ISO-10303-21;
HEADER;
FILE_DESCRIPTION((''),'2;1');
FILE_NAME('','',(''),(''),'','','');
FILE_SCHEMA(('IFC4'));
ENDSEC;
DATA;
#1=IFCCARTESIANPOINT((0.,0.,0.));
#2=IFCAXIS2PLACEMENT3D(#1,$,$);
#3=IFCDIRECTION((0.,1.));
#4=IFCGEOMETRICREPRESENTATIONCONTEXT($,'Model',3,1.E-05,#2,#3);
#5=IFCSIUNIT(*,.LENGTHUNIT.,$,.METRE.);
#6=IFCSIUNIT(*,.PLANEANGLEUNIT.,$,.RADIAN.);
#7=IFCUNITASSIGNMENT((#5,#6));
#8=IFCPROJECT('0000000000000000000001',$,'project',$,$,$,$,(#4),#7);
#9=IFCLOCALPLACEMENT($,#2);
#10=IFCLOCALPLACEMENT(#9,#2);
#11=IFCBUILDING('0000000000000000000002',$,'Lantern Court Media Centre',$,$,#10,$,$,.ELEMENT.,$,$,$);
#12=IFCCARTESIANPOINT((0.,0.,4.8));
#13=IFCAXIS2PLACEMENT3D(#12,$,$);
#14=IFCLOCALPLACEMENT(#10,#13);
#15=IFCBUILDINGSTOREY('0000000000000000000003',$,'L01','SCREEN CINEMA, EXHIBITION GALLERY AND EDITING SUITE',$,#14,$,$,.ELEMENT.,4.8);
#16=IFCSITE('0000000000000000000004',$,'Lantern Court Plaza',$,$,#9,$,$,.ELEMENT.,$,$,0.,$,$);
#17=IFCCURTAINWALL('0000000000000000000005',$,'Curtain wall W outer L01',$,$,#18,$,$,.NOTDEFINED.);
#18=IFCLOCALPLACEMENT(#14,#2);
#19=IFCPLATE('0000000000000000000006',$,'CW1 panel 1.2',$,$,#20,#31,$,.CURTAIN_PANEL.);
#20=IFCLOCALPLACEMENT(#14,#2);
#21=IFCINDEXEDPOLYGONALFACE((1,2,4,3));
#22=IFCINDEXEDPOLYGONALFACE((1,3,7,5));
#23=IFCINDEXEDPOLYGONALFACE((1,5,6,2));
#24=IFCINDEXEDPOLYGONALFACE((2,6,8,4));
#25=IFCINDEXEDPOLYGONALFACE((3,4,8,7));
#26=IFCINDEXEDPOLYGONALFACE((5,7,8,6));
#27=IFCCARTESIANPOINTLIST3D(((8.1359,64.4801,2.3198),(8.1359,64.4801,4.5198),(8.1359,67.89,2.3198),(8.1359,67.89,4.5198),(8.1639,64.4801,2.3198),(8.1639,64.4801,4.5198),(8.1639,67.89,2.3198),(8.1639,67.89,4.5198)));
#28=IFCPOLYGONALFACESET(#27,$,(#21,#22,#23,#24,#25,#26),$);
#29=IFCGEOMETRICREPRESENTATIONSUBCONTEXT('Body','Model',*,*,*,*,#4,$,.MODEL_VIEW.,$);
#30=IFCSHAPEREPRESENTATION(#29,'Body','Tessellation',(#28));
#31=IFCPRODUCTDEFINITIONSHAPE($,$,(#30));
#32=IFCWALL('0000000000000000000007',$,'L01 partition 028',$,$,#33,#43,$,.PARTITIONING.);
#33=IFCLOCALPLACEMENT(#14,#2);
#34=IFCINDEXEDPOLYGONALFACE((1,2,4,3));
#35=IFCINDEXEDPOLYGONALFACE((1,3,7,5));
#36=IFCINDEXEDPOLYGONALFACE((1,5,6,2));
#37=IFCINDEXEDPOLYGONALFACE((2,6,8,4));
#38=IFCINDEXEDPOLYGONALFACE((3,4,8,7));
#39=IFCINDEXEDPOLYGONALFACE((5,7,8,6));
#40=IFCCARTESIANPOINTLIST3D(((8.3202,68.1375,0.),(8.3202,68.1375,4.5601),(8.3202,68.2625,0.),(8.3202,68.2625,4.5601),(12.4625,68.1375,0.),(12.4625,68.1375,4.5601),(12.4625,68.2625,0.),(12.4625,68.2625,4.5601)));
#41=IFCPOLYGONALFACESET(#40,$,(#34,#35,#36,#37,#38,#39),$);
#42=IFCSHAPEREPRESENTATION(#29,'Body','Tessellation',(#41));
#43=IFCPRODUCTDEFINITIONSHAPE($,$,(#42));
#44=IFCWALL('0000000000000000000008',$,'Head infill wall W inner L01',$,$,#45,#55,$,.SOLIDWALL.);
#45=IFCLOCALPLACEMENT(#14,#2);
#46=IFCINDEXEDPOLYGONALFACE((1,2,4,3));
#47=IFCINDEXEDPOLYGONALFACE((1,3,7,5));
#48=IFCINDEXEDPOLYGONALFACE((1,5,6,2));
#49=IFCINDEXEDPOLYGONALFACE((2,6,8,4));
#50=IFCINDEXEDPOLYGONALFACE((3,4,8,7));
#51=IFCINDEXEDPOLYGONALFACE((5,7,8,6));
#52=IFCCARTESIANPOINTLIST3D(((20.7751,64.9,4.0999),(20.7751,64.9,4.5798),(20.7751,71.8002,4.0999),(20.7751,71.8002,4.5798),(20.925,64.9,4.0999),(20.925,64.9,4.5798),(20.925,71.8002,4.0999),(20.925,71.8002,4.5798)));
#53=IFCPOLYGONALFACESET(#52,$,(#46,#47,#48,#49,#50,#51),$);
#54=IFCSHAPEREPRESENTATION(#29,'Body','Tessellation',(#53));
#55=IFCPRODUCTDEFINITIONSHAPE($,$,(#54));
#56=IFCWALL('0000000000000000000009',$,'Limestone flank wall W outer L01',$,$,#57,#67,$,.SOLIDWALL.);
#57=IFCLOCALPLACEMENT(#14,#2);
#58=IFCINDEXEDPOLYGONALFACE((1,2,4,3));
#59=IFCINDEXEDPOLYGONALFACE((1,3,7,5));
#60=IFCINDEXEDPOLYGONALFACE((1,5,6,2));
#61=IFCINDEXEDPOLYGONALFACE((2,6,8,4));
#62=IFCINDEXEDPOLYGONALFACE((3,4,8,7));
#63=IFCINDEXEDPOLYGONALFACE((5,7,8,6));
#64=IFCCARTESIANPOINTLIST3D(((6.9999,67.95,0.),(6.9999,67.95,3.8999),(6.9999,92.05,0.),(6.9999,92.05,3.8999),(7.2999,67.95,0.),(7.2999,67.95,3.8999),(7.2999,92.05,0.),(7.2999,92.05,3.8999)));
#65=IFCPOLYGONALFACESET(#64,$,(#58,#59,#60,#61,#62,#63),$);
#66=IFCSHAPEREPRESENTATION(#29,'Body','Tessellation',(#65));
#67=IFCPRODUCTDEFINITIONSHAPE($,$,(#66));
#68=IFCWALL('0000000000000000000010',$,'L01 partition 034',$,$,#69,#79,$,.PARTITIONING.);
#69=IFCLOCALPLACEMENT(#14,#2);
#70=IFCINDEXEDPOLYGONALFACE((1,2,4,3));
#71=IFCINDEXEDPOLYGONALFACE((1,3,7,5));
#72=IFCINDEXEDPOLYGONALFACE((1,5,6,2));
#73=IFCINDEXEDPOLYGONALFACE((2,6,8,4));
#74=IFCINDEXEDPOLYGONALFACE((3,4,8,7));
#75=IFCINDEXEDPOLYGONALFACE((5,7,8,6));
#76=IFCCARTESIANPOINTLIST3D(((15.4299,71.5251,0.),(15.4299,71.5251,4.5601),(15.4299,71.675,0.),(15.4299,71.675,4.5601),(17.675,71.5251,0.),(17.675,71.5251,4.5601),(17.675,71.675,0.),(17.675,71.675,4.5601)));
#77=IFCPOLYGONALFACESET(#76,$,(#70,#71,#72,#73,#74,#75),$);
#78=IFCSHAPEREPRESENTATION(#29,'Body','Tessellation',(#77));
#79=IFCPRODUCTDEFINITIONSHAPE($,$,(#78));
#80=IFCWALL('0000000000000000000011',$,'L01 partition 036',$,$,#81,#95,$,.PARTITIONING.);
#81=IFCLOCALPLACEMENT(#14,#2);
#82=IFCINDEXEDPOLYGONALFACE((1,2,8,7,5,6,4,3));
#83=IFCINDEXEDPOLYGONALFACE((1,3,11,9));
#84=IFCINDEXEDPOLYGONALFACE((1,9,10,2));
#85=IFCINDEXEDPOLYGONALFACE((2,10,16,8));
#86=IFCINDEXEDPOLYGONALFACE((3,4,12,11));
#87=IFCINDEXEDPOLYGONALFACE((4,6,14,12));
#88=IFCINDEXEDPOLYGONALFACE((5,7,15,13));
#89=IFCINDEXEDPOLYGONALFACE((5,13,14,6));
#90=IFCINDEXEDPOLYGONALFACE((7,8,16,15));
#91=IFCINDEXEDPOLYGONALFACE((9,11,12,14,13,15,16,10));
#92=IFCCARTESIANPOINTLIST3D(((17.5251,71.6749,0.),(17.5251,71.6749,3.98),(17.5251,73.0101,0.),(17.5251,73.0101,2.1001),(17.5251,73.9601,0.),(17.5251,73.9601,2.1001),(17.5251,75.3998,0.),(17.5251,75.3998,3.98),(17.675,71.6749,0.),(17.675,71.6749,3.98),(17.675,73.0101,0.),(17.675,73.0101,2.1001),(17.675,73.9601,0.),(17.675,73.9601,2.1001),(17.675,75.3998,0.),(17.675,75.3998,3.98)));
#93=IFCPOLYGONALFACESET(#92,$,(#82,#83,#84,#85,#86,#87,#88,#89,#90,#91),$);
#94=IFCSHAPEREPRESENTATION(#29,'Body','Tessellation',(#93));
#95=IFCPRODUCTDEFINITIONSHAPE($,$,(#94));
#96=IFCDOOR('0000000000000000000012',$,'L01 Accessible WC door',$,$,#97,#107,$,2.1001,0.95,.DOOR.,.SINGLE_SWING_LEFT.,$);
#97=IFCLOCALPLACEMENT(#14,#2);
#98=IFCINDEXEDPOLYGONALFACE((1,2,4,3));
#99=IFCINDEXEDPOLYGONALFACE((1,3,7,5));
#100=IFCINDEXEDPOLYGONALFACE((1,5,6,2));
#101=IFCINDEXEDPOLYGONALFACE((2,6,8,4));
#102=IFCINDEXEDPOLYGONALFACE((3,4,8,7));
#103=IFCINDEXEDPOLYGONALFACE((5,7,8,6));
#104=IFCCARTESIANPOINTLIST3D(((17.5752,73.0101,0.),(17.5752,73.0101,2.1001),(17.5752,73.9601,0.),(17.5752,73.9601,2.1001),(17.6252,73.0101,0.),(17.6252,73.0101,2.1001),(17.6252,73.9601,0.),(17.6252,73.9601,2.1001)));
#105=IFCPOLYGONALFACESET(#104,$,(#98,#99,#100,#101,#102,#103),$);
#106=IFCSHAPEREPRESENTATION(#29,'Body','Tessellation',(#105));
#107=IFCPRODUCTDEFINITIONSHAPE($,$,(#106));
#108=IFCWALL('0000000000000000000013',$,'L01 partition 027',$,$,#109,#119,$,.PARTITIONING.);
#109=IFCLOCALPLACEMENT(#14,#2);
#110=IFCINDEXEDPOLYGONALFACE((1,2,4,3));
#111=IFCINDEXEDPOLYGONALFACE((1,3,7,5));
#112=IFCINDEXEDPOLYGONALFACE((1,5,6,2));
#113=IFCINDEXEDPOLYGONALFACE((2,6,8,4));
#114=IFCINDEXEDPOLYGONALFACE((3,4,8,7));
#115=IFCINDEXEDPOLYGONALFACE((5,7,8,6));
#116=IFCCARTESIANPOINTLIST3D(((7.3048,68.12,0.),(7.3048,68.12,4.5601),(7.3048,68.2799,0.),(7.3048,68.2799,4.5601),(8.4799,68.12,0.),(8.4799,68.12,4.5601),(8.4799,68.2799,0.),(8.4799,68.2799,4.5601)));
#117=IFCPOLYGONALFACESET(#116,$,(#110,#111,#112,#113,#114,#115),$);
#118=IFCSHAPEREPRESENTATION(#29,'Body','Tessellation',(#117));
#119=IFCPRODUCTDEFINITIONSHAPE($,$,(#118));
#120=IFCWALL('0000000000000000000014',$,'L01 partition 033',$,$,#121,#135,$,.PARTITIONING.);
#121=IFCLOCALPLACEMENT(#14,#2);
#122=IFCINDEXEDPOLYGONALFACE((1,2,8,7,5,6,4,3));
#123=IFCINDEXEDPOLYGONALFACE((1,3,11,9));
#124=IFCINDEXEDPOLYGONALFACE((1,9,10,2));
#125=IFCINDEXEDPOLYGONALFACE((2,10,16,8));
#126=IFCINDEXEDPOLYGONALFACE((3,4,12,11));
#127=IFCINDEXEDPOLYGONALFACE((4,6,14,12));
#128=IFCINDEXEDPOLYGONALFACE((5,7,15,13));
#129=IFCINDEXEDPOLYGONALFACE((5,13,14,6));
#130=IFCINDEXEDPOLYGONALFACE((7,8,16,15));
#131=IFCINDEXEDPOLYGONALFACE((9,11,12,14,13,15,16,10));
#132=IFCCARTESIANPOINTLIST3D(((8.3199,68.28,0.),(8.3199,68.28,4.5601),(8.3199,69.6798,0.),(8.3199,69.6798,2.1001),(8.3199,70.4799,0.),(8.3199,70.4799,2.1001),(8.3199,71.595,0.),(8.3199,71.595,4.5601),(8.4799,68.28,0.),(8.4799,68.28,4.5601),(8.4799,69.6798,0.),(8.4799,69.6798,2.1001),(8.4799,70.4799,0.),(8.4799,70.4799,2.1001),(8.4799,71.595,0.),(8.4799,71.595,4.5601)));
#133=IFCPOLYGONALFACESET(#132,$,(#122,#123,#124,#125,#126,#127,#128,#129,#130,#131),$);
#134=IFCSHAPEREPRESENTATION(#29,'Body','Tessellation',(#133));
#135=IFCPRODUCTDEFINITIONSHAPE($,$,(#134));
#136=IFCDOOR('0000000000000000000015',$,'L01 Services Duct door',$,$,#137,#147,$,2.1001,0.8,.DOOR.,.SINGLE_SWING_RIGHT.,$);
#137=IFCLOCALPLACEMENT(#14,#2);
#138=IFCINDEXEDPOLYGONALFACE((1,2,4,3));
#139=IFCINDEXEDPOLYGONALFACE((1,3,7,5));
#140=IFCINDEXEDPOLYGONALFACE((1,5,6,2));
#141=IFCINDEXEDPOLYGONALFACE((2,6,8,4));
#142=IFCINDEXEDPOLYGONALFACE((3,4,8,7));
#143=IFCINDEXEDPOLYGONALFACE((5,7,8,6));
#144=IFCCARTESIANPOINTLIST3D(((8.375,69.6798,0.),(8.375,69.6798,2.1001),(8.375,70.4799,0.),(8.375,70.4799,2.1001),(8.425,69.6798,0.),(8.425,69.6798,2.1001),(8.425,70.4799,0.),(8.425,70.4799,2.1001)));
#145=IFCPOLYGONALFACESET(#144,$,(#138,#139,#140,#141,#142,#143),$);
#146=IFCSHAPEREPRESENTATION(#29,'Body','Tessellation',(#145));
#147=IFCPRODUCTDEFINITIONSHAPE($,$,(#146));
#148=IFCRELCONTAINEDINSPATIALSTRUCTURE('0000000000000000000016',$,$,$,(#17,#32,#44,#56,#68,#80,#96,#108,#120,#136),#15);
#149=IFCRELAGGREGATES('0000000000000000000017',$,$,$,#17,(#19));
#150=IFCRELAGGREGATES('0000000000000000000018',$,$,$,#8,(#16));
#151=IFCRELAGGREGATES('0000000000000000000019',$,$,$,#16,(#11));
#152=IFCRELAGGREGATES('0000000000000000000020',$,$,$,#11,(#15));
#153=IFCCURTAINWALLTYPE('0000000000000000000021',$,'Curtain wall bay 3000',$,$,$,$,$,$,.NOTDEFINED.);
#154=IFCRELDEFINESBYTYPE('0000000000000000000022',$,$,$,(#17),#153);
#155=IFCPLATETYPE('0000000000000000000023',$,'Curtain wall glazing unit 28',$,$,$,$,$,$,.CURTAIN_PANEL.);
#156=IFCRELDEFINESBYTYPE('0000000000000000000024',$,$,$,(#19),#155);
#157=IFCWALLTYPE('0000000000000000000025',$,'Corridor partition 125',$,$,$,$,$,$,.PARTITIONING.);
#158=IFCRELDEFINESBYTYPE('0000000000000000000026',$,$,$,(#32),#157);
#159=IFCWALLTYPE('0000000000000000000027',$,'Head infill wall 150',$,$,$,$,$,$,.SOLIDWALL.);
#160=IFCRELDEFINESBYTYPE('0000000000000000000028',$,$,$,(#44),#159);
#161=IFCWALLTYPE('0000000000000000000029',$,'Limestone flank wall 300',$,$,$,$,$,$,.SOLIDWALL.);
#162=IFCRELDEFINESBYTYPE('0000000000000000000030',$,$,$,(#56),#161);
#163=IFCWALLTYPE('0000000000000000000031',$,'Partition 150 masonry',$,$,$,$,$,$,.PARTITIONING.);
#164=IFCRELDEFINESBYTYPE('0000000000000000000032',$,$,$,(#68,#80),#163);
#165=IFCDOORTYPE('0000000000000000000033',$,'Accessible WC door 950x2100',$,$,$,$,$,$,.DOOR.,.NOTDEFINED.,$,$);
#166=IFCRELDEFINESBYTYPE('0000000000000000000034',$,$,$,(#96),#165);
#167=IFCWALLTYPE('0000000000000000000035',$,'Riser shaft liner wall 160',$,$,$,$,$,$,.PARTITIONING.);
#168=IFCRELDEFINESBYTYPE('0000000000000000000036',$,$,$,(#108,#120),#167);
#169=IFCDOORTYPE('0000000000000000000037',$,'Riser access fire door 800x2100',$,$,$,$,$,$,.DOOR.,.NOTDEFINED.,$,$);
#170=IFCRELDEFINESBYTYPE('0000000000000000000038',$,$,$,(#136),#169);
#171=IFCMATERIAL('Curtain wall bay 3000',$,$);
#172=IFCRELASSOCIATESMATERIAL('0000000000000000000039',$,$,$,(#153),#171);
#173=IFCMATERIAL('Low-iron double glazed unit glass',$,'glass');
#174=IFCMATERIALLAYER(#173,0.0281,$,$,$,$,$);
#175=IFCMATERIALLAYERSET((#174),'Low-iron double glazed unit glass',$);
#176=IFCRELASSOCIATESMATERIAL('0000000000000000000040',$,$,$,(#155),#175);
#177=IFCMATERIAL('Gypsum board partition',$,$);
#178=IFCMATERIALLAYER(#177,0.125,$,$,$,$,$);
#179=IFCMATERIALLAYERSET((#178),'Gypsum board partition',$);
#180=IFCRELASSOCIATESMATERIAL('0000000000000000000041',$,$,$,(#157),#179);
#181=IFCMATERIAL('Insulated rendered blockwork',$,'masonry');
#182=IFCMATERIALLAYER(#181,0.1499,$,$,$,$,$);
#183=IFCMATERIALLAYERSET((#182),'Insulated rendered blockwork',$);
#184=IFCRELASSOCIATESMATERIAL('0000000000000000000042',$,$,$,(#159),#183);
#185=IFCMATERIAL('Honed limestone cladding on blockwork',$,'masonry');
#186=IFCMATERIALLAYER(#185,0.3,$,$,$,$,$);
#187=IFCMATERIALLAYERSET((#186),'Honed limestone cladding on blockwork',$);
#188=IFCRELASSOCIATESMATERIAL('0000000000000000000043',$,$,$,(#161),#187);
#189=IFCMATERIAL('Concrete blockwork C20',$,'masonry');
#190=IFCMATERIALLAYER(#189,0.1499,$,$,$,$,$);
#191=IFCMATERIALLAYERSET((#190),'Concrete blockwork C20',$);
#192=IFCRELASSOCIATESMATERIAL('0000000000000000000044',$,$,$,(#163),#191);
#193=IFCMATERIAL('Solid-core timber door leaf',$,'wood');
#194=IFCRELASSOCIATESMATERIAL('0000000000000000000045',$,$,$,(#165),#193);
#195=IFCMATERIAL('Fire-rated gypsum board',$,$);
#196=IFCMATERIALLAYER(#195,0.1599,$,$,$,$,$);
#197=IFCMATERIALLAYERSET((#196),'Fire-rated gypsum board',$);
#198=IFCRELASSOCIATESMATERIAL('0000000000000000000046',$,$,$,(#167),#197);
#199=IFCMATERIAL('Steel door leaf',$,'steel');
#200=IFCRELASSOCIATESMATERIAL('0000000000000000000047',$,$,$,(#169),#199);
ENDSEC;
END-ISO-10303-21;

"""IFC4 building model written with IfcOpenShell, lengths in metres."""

from ifc_helpers import new_model, si_unit, direction, frame, frame_2d, origin, origin_2d, place, context, subcontext, project, spatial, rectangle, extrude, material, layer, layer_set, type_object, element, fill, aggregate, save


model = new_model("IFC4")

# Units and contexts
model_context = context("Model", 3, precision=1e-05, world=origin(), true_north=direction((0.0, 1.0)))
body_context = subcontext(model_context, "Body", "Model", "MODEL_VIEW")
ifc_project = project(units=[si_unit("LENGTHUNIT", "METRE"), si_unit("PLANEANGLEUNIT", "RADIAN")], contexts=[model_context])

# Site, building, storey
site_placement = place(None, origin())
site = spatial("IfcSite", under=ifc_project, at=site_placement, Name="Lantern Court Plaza", CompositionType="ELEMENT", RefElevation=0.0)
building_placement = place(site_placement, origin())
building = spatial("IfcBuilding", under=site, at=building_placement, Name="Lantern Court Media Centre", CompositionType="ELEMENT")
storey_placement = place(building_placement, frame((0.0, 0.0, 4.8)))
storey = spatial("IfcBuildingStorey", under=building, at=storey_placement, Name="L01", Description="SCREEN CINEMA, EXHIBITION GALLERY AND EDITING SUITE", CompositionType="ELEMENT", Elevation=4.8)

# Curtain wall
ifc_material_1 = material(Name="Curtain wall bay 3000")
curtain_wall_type_1 = type_object("IfcCurtainWallType", Name="Curtain wall bay 3000", PredefinedType="NOTDEFINED", material=ifc_material_1)
curtain_wall_1_placement = place(storey_placement, origin())
curtain_wall_1 = element("IfcCurtainWall", 1, at=curtain_wall_1_placement, inside=storey, type_object=curtain_wall_type_1, Name="Curtain wall W outer L01", PredefinedType="NOTDEFINED")

# Plate
ifc_material_2 = material(Name="Low-iron double glazed unit glass", Category="glass")
ifc_layer_1 = layer(ifc_material_2, 0.0281)
ifc_layer_set_1 = layer_set([ifc_layer_1], Name="Low-iron double glazed unit glass")
plate_type_1 = type_object("IfcPlateType", Name="Curtain wall glazing unit 28", PredefinedType="CURTAIN_PANEL", material=ifc_layer_set_1)
plate_1_placement = place(storey_placement, frame((8.1499, 66.1851, 2.3198), z_axis=(0.0, 0.0, 1.0), x_axis=(0.0, 1.0, 0.0)))
plate_1 = element("IfcPlate", 2, at=plate_1_placement, type_object=plate_type_1, Name="CW1 panel 1.2", PredefinedType="CURTAIN_PANEL", context=body_context, shape_type="SweptSolid", body=[
    extrude(rectangle(XDim=3.4099, YDim=0.0281, at=origin_2d()), origin(), (0.0, 0.0, 1.0), 2.2),
])
aggregate(curtain_wall_1, [plate_1])

# Walls
ifc_material_3 = material(Name="Gypsum board partition")
ifc_layer_2 = layer(ifc_material_3, 0.125)
ifc_layer_set_2 = layer_set([ifc_layer_2], Name="Gypsum board partition")
wall_type_1 = type_object("IfcWallType", Name="Corridor partition 125", PredefinedType="PARTITIONING", material=ifc_layer_set_2)
wall_1_placement = place(storey_placement, frame((8.3201, 68.2, 0.0), z_axis=(0.0, 0.0, 1.0), x_axis=(1.0, 0.0, 0.0)))
element("IfcWall", 3, at=wall_1_placement, inside=storey, type_object=wall_type_1, Name="L01 partition 028", PredefinedType="PARTITIONING", context=body_context, shape_type="SweptSolid", body=[
    extrude(rectangle(XDim=4.1423, YDim=0.125, at=frame_2d((2.0713, 0.0))), origin(), (0.0, 0.0, 1.0), 4.5601),
])
ifc_material_4 = material(Name="Insulated rendered blockwork", Category="masonry")
ifc_layer_3 = layer(ifc_material_4, 0.1499)
ifc_layer_set_3 = layer_set([ifc_layer_3], Name="Insulated rendered blockwork")
wall_type_2 = type_object("IfcWallType", Name="Head infill wall 150", PredefinedType="SOLIDWALL", material=ifc_layer_set_3)
wall_2_placement = place(storey_placement, frame((20.8501, 64.8999, 4.0999), z_axis=(0.0, 0.0, 1.0), x_axis=(0.0, 1.0, 0.0)))
element("IfcWall", 4, at=wall_2_placement, inside=storey, type_object=wall_type_2, Name="Head infill wall W inner L01", PredefinedType="SOLIDWALL", context=body_context, shape_type="SweptSolid", body=[
    extrude(rectangle(XDim=6.9001, YDim=0.1499, at=frame_2d((3.4502, 0.0))), origin(), (0.0, 0.0, 1.0), 0.48),
])
ifc_material_5 = material(Name="Honed limestone cladding on blockwork", Category="masonry")
ifc_layer_4 = layer(ifc_material_5, 0.3)
ifc_layer_set_4 = layer_set([ifc_layer_4], Name="Honed limestone cladding on blockwork")
wall_type_3 = type_object("IfcWallType", Name="Limestone flank wall 300", PredefinedType="SOLIDWALL", material=ifc_layer_set_4)
wall_3_placement = place(storey_placement, frame((7.1499, 67.95, 0.0), z_axis=(0.0, 0.0, 1.0), x_axis=(0.0, 1.0, 0.0)))
element("IfcWall", 5, at=wall_3_placement, inside=storey, type_object=wall_type_3, Name="Limestone flank wall W outer L01", PredefinedType="SOLIDWALL", context=body_context, shape_type="SweptSolid", body=[
    extrude(rectangle(XDim=24.1001, YDim=0.3, at=frame_2d((12.05, 0.0))), origin(), (0.0, 0.0, 1.0), 3.8999),
])
ifc_material_6 = material(Name="Concrete blockwork C20", Category="masonry")
ifc_layer_5 = layer(ifc_material_6, 0.1499)
ifc_layer_set_5 = layer_set([ifc_layer_5], Name="Concrete blockwork C20")
wall_type_4 = type_object("IfcWallType", Name="Partition 150 masonry", PredefinedType="PARTITIONING", material=ifc_layer_set_5)
wall_4_placement = place(storey_placement, frame((15.4299, 71.6001, 0.0), z_axis=(0.0, 0.0, 1.0), x_axis=(1.0, 0.0, 0.0)))
element("IfcWall", 6, at=wall_4_placement, inside=storey, type_object=wall_type_4, Name="L01 partition 034", PredefinedType="PARTITIONING", context=body_context, shape_type="SweptSolid", body=[
    extrude(rectangle(XDim=2.2451, YDim=0.1499, at=frame_2d((1.1226, 0.0))), origin(), (0.0, 0.0, 1.0), 4.5601),
])

# Wall, opening, door
wall_5_placement = place(storey_placement, frame((17.6001, 71.675, 0.0), z_axis=(0.0, 0.0, 1.0), x_axis=(0.0, 1.0, 0.0)))
wall_5 = element("IfcWall", 7, at=wall_5_placement, inside=storey, type_object=wall_type_4, Name="L01 partition 036", PredefinedType="PARTITIONING", context=body_context, shape_type="SweptSolid", body=[
    extrude(rectangle(XDim=3.7249, YDim=0.1499, at=frame_2d((1.8623, 0.0))), origin(), (0.0, 0.0, 1.0), 3.98),
])
opening_1_placement = place(wall_5_placement, frame((1.335, 0.0, 0.0)))
opening_1 = element("IfcOpeningElement", 8, at=opening_1_placement, cuts=wall_5, PredefinedType="OPENING", context=body_context, shape_type="SweptSolid", body=[
    extrude(rectangle(XDim=0.95, YDim=2.1001, at=frame_2d((0.4751, 1.05))), frame((0.0, 0.085, 0.0), z_axis=(0.0, -1.0, 0.0), x_axis=(1.0, 0.0, 0.0)), (0.0, 0.0, 1.0), 0.1699),
])
ifc_material_7 = material(Name="Solid-core timber door leaf", Category="wood")
door_type_1 = type_object("IfcDoorType", Name="Accessible WC door 950x2100", OperationType="NOTDEFINED", PredefinedType="DOOR", material=ifc_material_7)
door_1_placement = place(opening_1_placement, origin())
door_1 = element("IfcDoor", 9, at=door_1_placement, inside=storey, type_object=door_type_1, Name="L01 Accessible WC door", OperationType="SINGLE_SWING_LEFT", OverallHeight=2.1001, OverallWidth=0.95, PredefinedType="DOOR", context=body_context, shape_type="SweptSolid", body=[
    extrude(rectangle(XDim=0.95, YDim=2.1001, at=frame_2d((0.4751, 1.05))), frame((0.0, 0.0249, 0.0), z_axis=(0.0, -1.0, 0.0), x_axis=(1.0, 0.0, 0.0)), (0.0, 0.0, 1.0), 0.05),
])
fill(opening_1, door_1)

# Wall
ifc_material_8 = material(Name="Fire-rated gypsum board")
ifc_layer_6 = layer(ifc_material_8, 0.1599)
ifc_layer_set_6 = layer_set([ifc_layer_6], Name="Fire-rated gypsum board")
wall_type_5 = type_object("IfcWallType", Name="Riser shaft liner wall 160", PredefinedType="PARTITIONING", material=ifc_layer_set_6)
wall_6_placement = place(storey_placement, frame((7.3049, 68.2, 0.0), z_axis=(0.0, 0.0, 1.0), x_axis=(1.0, 0.0, 0.0)))
element("IfcWall", 10, at=wall_6_placement, inside=storey, type_object=wall_type_5, Name="L01 partition 027", PredefinedType="PARTITIONING", context=body_context, shape_type="SweptSolid", body=[
    extrude(rectangle(XDim=1.175, YDim=0.1599, at=frame_2d((0.5874, 0.0))), origin(), (0.0, 0.0, 1.0), 4.5601),
])

# Wall, opening, door
wall_7_placement = place(storey_placement, frame((8.3999, 68.28, 0.0), z_axis=(0.0, 0.0, 1.0), x_axis=(0.0, 1.0, 0.0)))
wall_7 = element("IfcWall", 11, at=wall_7_placement, inside=storey, type_object=wall_type_5, Name="L01 partition 033", PredefinedType="PARTITIONING", context=body_context, shape_type="SweptSolid", body=[
    extrude(rectangle(XDim=3.3149, YDim=0.1599, at=frame_2d((1.6575, 0.0))), origin(), (0.0, 0.0, 1.0), 4.5601),
])
opening_2_placement = place(wall_7_placement, frame((1.3999, 0.0, 0.0)))
opening_2 = element("IfcOpeningElement", 12, at=opening_2_placement, cuts=wall_7, PredefinedType="OPENING", context=body_context, shape_type="SweptSolid", body=[
    extrude(rectangle(XDim=0.8, YDim=2.1001, at=frame_2d((0.3999, 1.05))), frame((0.0, 0.0898, 0.0), z_axis=(0.0, -1.0, 0.0), x_axis=(1.0, 0.0, 0.0)), (0.0, 0.0, 1.0), 0.1799),
])
ifc_material_9 = material(Name="Steel door leaf", Category="steel")
door_type_2 = type_object("IfcDoorType", Name="Riser access fire door 800x2100", OperationType="NOTDEFINED", PredefinedType="DOOR", material=ifc_material_9)
door_2_placement = place(opening_2_placement, origin())
door_2 = element("IfcDoor", 13, at=door_2_placement, inside=storey, type_object=door_type_2, Name="L01 Services Duct door", OperationType="SINGLE_SWING_RIGHT", OverallHeight=2.1001, OverallWidth=0.8, PredefinedType="DOOR", context=body_context, shape_type="SweptSolid", body=[
    extrude(rectangle(XDim=0.8, YDim=2.1001, at=frame_2d((0.3999, 1.05))), frame((0.0, 0.0249, 0.0), z_axis=(0.0, -1.0, 0.0), x_axis=(1.0, 0.0, 0.0)), (0.0, 0.0, 1.0), 0.05),
])
fill(opening_2, door_2)

save(model, "model.ifc")
